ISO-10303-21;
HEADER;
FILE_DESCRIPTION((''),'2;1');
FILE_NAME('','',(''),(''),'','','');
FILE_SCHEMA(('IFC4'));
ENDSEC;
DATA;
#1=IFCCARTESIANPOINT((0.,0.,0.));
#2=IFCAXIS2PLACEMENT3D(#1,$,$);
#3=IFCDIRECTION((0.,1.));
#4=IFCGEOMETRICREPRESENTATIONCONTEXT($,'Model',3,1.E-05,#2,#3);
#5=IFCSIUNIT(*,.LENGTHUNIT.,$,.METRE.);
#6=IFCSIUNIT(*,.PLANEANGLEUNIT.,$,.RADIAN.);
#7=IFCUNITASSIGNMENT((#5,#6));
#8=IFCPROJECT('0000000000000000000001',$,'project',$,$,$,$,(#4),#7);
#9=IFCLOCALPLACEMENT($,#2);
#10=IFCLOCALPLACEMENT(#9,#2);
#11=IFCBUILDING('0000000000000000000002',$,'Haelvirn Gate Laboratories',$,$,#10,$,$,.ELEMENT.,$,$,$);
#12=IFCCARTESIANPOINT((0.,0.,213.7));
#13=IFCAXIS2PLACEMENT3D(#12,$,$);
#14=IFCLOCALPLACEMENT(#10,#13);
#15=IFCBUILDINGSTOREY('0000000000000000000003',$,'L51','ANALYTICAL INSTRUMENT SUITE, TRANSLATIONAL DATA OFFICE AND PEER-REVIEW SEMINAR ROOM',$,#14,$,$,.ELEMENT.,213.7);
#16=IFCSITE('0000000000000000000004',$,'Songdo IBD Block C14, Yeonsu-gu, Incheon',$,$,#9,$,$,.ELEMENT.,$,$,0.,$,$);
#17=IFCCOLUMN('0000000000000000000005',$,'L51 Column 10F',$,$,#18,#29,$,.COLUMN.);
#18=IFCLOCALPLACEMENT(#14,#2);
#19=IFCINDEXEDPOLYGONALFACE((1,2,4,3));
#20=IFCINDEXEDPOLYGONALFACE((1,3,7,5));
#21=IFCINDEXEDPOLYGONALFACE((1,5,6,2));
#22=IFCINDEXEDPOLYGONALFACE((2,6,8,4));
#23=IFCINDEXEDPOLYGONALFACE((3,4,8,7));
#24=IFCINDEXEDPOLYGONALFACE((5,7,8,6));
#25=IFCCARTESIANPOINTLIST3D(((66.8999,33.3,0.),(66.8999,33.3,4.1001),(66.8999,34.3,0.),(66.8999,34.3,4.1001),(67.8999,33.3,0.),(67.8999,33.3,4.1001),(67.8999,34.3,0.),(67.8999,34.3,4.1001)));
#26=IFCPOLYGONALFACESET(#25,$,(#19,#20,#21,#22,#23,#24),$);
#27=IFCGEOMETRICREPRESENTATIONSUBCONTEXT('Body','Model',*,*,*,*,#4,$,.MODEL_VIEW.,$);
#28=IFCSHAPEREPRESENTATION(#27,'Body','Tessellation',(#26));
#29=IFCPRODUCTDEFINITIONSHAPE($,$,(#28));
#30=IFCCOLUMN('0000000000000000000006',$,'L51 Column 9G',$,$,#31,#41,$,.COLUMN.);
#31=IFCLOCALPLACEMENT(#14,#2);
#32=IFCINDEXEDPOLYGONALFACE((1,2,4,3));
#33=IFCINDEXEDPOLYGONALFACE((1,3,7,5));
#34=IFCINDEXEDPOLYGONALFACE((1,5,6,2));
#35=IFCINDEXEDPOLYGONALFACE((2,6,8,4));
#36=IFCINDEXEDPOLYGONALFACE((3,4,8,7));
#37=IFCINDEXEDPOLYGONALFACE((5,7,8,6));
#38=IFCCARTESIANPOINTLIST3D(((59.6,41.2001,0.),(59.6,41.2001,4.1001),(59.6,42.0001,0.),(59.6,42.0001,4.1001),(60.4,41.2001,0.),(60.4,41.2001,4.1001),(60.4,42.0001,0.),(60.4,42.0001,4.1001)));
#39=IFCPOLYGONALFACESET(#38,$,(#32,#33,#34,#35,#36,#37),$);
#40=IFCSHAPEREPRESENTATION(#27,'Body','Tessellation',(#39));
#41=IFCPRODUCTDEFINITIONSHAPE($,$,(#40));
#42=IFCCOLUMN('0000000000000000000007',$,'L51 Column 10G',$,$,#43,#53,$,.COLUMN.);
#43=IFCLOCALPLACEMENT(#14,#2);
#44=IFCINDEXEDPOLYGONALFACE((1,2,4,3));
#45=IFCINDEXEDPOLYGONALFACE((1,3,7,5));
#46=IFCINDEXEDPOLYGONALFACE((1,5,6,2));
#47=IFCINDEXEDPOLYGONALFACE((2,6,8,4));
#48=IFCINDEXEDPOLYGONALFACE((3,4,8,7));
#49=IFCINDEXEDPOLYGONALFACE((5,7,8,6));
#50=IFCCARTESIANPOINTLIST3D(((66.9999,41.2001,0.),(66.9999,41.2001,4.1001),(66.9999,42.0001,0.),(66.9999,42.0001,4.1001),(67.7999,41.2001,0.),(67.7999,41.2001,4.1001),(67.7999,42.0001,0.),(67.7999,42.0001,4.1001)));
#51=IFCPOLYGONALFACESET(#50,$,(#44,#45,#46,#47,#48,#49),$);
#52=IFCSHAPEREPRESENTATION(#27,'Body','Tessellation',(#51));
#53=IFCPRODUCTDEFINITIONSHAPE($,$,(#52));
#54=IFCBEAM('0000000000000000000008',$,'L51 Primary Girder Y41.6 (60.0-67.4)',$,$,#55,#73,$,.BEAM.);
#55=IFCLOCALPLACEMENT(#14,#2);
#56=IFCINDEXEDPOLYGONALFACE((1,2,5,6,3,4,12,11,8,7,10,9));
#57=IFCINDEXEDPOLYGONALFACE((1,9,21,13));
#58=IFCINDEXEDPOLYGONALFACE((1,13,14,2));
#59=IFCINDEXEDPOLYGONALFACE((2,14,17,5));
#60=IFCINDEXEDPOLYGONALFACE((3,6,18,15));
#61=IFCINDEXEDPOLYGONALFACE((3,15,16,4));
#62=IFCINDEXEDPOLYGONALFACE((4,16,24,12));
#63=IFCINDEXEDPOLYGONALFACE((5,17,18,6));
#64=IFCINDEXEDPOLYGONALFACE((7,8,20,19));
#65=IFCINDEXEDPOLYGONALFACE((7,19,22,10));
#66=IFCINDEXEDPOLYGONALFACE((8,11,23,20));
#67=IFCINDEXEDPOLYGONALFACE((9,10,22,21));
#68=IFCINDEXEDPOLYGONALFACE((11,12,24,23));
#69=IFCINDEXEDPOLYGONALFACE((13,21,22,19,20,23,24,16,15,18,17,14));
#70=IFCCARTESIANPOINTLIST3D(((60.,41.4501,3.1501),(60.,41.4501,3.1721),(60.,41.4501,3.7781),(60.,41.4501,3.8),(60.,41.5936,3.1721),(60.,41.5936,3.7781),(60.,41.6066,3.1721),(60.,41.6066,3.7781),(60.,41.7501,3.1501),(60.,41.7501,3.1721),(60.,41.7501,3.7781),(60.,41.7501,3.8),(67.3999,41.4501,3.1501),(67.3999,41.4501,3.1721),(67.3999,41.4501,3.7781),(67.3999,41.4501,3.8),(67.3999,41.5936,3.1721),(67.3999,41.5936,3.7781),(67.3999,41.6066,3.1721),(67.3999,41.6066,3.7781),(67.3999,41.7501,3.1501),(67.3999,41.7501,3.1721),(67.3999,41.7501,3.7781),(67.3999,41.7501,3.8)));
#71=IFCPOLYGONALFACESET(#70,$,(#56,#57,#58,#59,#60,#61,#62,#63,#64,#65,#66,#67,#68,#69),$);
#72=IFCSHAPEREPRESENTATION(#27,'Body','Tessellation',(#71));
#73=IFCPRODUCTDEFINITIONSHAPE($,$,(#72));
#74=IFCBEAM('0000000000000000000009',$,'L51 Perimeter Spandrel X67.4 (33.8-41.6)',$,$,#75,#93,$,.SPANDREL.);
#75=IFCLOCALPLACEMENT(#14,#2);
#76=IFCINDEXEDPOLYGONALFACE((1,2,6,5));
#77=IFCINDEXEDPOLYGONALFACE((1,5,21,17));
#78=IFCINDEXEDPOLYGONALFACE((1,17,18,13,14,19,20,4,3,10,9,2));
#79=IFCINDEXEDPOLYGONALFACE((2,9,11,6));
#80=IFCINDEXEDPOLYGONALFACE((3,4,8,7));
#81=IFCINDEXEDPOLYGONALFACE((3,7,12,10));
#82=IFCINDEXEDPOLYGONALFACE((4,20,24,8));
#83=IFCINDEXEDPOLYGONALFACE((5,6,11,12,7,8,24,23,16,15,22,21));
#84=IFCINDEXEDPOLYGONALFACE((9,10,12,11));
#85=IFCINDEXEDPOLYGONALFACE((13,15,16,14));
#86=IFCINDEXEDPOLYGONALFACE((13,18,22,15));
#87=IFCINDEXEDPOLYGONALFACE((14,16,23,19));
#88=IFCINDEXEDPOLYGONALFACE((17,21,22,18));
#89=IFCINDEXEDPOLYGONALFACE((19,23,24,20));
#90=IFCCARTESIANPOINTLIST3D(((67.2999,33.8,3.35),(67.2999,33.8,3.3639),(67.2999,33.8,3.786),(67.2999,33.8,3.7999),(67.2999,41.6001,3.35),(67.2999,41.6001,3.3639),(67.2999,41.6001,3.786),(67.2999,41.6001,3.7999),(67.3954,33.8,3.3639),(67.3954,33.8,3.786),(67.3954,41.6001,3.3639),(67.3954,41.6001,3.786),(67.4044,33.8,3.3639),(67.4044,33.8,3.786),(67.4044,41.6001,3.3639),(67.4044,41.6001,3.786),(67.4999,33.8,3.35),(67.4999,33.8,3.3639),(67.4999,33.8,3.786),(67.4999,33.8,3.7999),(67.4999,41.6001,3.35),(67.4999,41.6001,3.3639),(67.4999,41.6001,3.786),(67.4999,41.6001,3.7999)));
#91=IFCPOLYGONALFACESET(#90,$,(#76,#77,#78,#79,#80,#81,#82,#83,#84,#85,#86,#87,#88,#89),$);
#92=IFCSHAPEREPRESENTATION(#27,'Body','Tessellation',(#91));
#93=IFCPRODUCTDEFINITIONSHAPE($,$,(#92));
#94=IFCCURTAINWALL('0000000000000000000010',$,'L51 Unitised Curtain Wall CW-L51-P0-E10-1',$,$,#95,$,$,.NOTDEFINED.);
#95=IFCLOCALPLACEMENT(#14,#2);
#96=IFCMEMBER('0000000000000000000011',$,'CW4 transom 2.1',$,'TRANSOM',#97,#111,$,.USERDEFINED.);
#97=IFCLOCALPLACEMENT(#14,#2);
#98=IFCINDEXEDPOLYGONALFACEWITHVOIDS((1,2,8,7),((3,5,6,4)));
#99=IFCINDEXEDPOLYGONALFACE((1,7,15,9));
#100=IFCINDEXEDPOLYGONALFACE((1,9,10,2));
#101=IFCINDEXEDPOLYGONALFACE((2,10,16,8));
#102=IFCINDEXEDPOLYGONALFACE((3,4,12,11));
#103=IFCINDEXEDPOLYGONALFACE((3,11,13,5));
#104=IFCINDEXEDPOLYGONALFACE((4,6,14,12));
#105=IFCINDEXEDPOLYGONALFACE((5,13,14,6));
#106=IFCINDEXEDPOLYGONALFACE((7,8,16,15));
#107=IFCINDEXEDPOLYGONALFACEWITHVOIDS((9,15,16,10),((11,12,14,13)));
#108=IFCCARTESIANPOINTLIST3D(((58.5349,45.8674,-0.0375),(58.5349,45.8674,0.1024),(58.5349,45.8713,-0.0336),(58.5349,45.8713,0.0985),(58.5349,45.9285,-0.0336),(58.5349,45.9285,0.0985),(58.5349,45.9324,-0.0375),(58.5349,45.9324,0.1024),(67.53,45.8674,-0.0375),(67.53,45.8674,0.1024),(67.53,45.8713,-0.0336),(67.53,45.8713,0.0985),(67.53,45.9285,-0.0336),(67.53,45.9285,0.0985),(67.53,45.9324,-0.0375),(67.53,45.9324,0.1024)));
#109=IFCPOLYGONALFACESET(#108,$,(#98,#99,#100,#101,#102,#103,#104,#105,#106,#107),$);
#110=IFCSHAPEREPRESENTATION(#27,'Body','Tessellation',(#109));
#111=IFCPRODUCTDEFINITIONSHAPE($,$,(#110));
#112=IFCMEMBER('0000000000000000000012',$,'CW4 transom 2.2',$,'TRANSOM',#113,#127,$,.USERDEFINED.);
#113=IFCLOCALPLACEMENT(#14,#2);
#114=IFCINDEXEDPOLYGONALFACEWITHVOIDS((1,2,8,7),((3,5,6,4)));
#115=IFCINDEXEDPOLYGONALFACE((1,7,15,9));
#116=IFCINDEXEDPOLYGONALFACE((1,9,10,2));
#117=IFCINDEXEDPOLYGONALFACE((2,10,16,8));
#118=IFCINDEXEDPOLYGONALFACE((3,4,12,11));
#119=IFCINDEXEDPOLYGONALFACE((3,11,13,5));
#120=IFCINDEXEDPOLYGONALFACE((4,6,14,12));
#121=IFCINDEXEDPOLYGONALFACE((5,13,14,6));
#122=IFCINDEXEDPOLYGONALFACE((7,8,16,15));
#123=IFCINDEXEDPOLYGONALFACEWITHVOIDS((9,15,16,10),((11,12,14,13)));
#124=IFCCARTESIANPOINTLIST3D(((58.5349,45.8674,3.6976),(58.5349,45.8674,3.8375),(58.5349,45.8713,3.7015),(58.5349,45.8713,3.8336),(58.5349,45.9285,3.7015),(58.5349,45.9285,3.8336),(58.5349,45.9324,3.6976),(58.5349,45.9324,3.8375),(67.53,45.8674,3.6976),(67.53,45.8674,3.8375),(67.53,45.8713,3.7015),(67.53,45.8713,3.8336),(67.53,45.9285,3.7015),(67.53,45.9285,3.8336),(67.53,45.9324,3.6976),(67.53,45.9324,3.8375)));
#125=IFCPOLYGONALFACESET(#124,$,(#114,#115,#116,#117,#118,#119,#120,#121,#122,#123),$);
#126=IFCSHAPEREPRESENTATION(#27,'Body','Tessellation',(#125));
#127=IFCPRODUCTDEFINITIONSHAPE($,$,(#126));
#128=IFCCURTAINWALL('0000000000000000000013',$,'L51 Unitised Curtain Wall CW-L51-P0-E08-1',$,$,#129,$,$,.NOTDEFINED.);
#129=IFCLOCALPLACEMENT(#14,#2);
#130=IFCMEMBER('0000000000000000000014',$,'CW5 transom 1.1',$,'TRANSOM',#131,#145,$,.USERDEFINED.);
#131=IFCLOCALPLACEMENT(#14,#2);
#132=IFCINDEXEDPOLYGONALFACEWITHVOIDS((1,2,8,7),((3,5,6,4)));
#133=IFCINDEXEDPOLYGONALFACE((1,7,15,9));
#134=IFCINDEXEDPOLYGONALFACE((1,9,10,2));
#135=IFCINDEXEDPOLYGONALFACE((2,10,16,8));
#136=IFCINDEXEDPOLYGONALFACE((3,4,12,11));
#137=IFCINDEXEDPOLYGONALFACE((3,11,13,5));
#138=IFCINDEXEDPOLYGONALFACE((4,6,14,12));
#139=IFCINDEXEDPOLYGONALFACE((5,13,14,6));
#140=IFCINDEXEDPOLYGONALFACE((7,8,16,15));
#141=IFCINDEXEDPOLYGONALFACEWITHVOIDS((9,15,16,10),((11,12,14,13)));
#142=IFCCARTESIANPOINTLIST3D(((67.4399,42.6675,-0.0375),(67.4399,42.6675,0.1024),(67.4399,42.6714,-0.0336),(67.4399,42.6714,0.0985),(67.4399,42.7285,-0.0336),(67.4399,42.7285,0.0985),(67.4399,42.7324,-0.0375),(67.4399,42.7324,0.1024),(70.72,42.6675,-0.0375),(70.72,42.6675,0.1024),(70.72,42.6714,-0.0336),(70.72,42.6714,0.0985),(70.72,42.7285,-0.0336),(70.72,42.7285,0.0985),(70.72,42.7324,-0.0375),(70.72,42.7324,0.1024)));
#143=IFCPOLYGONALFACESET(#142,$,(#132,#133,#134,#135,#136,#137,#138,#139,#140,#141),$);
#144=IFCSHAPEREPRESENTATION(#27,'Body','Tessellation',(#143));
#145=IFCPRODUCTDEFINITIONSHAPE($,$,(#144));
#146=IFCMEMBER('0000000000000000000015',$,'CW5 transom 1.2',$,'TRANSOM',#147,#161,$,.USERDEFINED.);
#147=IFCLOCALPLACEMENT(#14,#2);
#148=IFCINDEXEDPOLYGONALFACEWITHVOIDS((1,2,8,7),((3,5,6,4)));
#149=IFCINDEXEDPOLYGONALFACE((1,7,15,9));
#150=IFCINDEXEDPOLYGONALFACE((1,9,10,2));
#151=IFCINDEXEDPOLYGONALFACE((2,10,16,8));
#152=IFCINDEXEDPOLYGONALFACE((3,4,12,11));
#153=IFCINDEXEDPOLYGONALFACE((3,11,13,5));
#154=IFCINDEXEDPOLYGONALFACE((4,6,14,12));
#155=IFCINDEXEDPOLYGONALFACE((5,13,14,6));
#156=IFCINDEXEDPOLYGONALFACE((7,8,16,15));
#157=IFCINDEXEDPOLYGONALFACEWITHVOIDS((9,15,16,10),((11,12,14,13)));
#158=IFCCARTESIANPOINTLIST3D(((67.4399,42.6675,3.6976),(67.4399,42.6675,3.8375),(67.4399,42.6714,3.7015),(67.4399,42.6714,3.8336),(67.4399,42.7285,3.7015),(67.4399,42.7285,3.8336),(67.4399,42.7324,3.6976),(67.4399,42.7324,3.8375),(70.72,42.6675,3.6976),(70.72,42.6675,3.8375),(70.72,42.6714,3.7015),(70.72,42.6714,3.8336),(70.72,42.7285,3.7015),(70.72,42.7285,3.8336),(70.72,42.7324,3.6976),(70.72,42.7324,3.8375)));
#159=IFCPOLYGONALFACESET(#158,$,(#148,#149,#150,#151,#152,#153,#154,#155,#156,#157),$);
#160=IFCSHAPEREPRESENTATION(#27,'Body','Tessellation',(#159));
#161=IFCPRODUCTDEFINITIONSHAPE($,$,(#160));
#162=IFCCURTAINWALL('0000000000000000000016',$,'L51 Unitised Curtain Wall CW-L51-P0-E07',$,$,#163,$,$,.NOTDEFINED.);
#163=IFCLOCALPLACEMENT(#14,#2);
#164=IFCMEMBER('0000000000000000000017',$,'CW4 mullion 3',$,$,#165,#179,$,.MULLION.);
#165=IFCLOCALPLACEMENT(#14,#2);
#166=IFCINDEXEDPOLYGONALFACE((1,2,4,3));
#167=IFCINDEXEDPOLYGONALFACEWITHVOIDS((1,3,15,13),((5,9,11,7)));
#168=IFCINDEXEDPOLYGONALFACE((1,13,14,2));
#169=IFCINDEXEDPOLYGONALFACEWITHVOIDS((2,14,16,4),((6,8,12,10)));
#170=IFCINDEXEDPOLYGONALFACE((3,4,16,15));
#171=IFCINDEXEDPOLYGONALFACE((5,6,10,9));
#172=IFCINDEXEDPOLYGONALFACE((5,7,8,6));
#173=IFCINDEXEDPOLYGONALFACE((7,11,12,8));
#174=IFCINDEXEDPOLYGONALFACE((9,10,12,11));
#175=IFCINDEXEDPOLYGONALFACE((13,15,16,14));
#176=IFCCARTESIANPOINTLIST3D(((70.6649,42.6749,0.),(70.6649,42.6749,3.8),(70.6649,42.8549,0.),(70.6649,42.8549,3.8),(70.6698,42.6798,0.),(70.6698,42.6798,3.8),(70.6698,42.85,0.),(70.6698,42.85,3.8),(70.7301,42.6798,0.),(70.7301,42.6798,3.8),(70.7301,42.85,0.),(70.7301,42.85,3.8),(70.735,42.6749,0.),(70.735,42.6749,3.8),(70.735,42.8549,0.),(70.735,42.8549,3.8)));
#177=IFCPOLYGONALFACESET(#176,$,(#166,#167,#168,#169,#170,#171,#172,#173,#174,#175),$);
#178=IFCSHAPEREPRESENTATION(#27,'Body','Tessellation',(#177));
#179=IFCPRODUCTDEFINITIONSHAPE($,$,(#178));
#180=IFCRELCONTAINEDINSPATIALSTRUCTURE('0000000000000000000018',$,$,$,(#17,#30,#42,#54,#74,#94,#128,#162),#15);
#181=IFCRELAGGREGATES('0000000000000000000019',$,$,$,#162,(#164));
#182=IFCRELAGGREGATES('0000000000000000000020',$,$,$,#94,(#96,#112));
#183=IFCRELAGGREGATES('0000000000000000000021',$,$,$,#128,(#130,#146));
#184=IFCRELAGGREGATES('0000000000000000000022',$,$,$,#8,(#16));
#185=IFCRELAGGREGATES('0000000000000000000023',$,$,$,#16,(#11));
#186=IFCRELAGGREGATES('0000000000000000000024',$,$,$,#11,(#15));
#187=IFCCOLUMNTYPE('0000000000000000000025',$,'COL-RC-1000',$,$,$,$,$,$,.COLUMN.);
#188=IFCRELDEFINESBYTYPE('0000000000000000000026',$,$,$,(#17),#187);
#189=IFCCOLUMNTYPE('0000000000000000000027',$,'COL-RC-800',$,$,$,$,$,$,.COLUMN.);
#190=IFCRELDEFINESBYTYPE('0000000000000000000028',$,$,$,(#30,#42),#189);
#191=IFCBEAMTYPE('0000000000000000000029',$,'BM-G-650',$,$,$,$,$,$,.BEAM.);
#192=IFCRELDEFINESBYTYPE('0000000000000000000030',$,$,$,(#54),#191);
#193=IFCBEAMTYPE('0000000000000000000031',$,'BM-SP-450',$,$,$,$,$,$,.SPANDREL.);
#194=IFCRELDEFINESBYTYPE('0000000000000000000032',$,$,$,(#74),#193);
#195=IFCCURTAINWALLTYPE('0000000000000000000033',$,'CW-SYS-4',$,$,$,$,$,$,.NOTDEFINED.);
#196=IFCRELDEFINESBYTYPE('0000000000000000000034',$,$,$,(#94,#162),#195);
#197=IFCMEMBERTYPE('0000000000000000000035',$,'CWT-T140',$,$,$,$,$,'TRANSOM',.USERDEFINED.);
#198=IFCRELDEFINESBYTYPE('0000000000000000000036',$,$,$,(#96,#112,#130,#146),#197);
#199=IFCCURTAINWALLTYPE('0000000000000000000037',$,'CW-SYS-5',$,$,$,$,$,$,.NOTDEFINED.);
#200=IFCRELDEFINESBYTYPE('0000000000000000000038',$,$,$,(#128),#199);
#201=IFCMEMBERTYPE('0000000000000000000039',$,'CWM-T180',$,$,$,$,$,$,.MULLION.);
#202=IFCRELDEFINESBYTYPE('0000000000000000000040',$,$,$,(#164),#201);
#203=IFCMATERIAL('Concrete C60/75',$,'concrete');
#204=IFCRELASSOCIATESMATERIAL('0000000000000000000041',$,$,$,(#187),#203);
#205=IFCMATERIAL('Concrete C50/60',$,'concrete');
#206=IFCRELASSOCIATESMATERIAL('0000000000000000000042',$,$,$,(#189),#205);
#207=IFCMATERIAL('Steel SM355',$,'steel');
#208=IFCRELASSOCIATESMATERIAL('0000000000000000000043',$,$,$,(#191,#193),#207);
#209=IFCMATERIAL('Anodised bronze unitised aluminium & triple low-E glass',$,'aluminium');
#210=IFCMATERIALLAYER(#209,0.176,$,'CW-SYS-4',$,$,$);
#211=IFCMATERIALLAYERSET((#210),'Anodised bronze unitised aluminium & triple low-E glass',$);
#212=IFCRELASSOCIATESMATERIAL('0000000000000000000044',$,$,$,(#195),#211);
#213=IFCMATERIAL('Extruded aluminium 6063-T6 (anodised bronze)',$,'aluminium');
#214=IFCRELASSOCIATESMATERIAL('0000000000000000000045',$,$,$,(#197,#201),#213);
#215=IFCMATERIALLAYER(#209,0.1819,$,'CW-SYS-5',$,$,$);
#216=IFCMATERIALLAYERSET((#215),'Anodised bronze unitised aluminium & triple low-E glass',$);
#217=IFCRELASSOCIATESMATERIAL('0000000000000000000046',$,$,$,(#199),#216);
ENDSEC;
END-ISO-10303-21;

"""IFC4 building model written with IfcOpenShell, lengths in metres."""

from ifc_helpers import new_model, si_unit, direction, frame, origin, origin_2d, place, context, subcontext, project, spatial, rectangle, hollow_rectangle, i_section, extrude, source, transform, mapped, material, layer, layer_set, material_profile, profile_set, type_object, type_shapes, element, aggregate, save


model = new_model("IFC4")

# Units and contexts
model_context = context("Model", 3, precision=1e-05, world=origin(), true_north=direction((0.0, 1.0)))
body_context = subcontext(model_context, "Body", "Model", "MODEL_VIEW")
ifc_project = project(units=[si_unit("LENGTHUNIT", "METRE"), si_unit("PLANEANGLEUNIT", "RADIAN")], contexts=[model_context])

# Site, building, storey
site_placement = place(None, origin())
site = spatial("IfcSite", under=ifc_project, at=site_placement, Name="Songdo IBD Block C14, Yeonsu-gu, Incheon", CompositionType="ELEMENT", RefElevation=0.0)
building_placement = place(site_placement, origin())
building = spatial("IfcBuilding", under=site, at=building_placement, Name="Haelvirn Gate Laboratories", CompositionType="ELEMENT")
storey_placement = place(building_placement, frame((0.0, 0.0, 213.7)))
storey = spatial("IfcBuildingStorey", under=building, at=storey_placement, Name="L51", Description="ANALYTICAL INSTRUMENT SUITE, TRANSLATIONAL DATA OFFICE AND PEER-REVIEW SEMINAR ROOM", CompositionType="ELEMENT", Elevation=213.7)

# Columns
ifc_material_1 = material(Name="Concrete C60/75", Category="concrete")
ifc_material_profile_1 = material_profile(ifc_material_1, rectangle(XDim=1.0, YDim=1.0, at=origin_2d()), Name="RC-1000x1000")
ifc_profile_set_1 = profile_set([ifc_material_profile_1], Name="Concrete C60/75")
column_type_1 = type_object("IfcColumnType", Name="COL-RC-1000", PredefinedType="COLUMN", material=ifc_profile_set_1)
shared_shape_1 = source(origin(), body_context, "Body", "SweptSolid", [
    extrude(rectangle(XDim=1.0, YDim=1.0, at=origin_2d()), origin(), (0.0, 0.0, 1.0), 4.1001),
])
type_shapes(column_type_1, [shared_shape_1])
column_placement = place(storey_placement, frame((67.3999, 33.8, 0.0), z_axis=(0.0, 0.0, 1.0), x_axis=(1.0, 0.0, 0.0)))
element("IfcColumn", 1, at=column_placement, inside=storey, type_object=column_type_1, Name="L51 Column 10F", PredefinedType="COLUMN", context=body_context, shape_type="MappedRepresentation", body=[
    mapped(shared_shape_1, transform((0.0, 0.0, 0.0), scale=1.0)),
])
ifc_material_2 = material(Name="Concrete C50/60", Category="concrete")
ifc_material_profile_2 = material_profile(ifc_material_2, rectangle(XDim=0.8, YDim=0.8, at=origin_2d()), Name="RC-800x800")
ifc_profile_set_2 = profile_set([ifc_material_profile_2], Name="Concrete C50/60")
column_type_2 = type_object("IfcColumnType", Name="COL-RC-800", PredefinedType="COLUMN", material=ifc_profile_set_2)
shared_shape_2 = source(origin(), body_context, "Body", "SweptSolid", [
    extrude(rectangle(XDim=0.8, YDim=0.8, at=origin_2d()), origin(), (0.0, 0.0, 1.0), 4.1001),
])
type_shapes(column_type_2, [shared_shape_2])
for number, where, z_axis, x_axis, name in (
    (2, (60.0, 41.6001, 0.0), (0.0, 0.0, 1.0), (1.0, 0.0, 0.0), "L51 Column 9G"),
    (3, (67.3999, 41.6001, 0.0), (0.0, 0.0, 1.0), (1.0, 0.0, 0.0), "L51 Column 10G"),
):
    element("IfcColumn", number, at=place(storey_placement, frame(where, z_axis=z_axis, x_axis=x_axis)), inside=storey, type_object=column_type_2, Name=name, PredefinedType="COLUMN", context=body_context, shape_type="MappedRepresentation", body=[
        mapped(shared_shape_2, transform((0.0, 0.0, 0.0), scale=1.0)),
    ])

# Beams
ifc_material_3 = material(Name="Steel SM355", Category="steel")
ifc_material_profile_3 = material_profile(ifc_material_3, i_section(OverallWidth=0.3, OverallDepth=0.6499, WebThickness=0.0129, FlangeThickness=0.022, at=origin_2d()), Name="H-650x300x13x22")
ifc_profile_set_3 = profile_set([ifc_material_profile_3], Name="Steel SM355")
beam_type_1 = type_object("IfcBeamType", Name="BM-G-650", PredefinedType="BEAM", material=ifc_profile_set_3)
shared_shape_3 = source(origin(), body_context, "Body", "SweptSolid", [
    extrude(i_section(OverallWidth=0.3, OverallDepth=0.6499, WebThickness=0.0129, FlangeThickness=0.022, at=origin_2d()), origin(), (0.0, 0.0, 1.0), 7.3999),
])
type_shapes(beam_type_1, [shared_shape_3])
beam_1_placement = place(storey_placement, frame((60.0, 41.6001, 3.4751), z_axis=(1.0, 0.0, 0.0), x_axis=(0.0, 1.0, 0.0)))
element("IfcBeam", 4, at=beam_1_placement, inside=storey, type_object=beam_type_1, Name="L51 Primary Girder Y41.6 (60.0-67.4)", PredefinedType="BEAM", context=body_context, shape_type="MappedRepresentation", body=[
    mapped(shared_shape_3, transform((0.0, 0.0, 0.0), scale=1.0)),
])
ifc_material_profile_4 = material_profile(ifc_material_3, i_section(OverallWidth=0.2, OverallDepth=0.45, WebThickness=0.009, FlangeThickness=0.0139, at=origin_2d()), Name="H-450x200x9x14")
ifc_profile_set_4 = profile_set([ifc_material_profile_4], Name="Steel SM355")
beam_type_2 = type_object("IfcBeamType", Name="BM-SP-450", PredefinedType="SPANDREL", material=ifc_profile_set_4)
shared_shape_4 = source(origin(), body_context, "Body", "SweptSolid", [
    extrude(i_section(OverallWidth=0.2, OverallDepth=0.45, WebThickness=0.009, FlangeThickness=0.0139, at=origin_2d()), origin(), (0.0, 0.0, 1.0), 7.8),
])
type_shapes(beam_type_2, [shared_shape_4])
beam_2_placement = place(storey_placement, frame((67.3999, 33.8, 3.575), z_axis=(0.0, 1.0, 0.0), x_axis=(-1.0, 0.0, 0.0)))
element("IfcBeam", 5, at=beam_2_placement, inside=storey, type_object=beam_type_2, Name="L51 Perimeter Spandrel X67.4 (33.8-41.6)", PredefinedType="SPANDREL", context=body_context, shape_type="MappedRepresentation", body=[
    mapped(shared_shape_4, transform((0.0, 0.0, 0.0), scale=1.0)),
])

# Curtain walls, members
ifc_material_4 = material(Name="Anodised bronze unitised aluminium & triple low-E glass", Category="aluminium")
ifc_layer_1 = layer(ifc_material_4, 0.176, Name="CW-SYS-4")
ifc_layer_set_1 = layer_set([ifc_layer_1], Name="Anodised bronze unitised aluminium & triple low-E glass")
curtain_wall_type_1 = type_object("IfcCurtainWallType", Name="CW-SYS-4", PredefinedType="NOTDEFINED", material=ifc_layer_set_1)
curtain_wall_1_placement = place(storey_placement, origin())
curtain_wall_1 = element("IfcCurtainWall", 6, at=curtain_wall_1_placement, inside=storey, type_object=curtain_wall_type_1, Name="L51 Unitised Curtain Wall CW-L51-P0-E10-1", PredefinedType="NOTDEFINED")
ifc_material_5 = material(Name="Extruded aluminium 6063-T6 (anodised bronze)", Category="aluminium")
ifc_material_profile_5 = material_profile(ifc_material_5, hollow_rectangle(XDim=0.0649, YDim=0.1399, WallThickness=0.0039, at=origin_2d()), Name="CWT-140x65x4")
ifc_profile_set_5 = profile_set([ifc_material_profile_5], Name="Extruded aluminium 6063-T6 (anodised bronze)")
member_type_1 = type_object("IfcMemberType", Name="CWT-T140", ElementType="TRANSOM", PredefinedType="USERDEFINED", material=ifc_profile_set_5)
shared_shape_5 = source(origin(), body_context, "Body", "SweptSolid", [
    extrude(hollow_rectangle(XDim=0.0649, YDim=0.1399, WallThickness=0.0039, at=origin_2d()), origin(), (0.0, 0.0, 1.0), 8.9951),
])
member_1_placement = place(storey_placement, frame((58.5349, 45.8999, 0.0325), z_axis=(1.0, 0.0, 0.0), x_axis=(0.0, 1.0, 0.0)))
member_1 = element("IfcMember", 7, at=member_1_placement, type_object=member_type_1, Name="CW4 transom 2.1", ObjectType="TRANSOM", PredefinedType="USERDEFINED", context=body_context, shape_type="MappedRepresentation", body=[
    mapped(shared_shape_5, transform((0.0, 0.0, 0.0), scale=1.0)),
])
member_2_placement = place(storey_placement, frame((58.5349, 45.8999, 3.7676), z_axis=(1.0, 0.0, 0.0), x_axis=(0.0, 1.0, 0.0)))
member_2 = element("IfcMember", 8, at=member_2_placement, type_object=member_type_1, Name="CW4 transom 2.2", ObjectType="TRANSOM", PredefinedType="USERDEFINED", context=body_context, shape_type="MappedRepresentation", body=[
    mapped(shared_shape_5, transform((0.0, 0.0, 0.0), scale=1.0)),
])
ifc_layer_2 = layer(ifc_material_4, 0.1819, Name="CW-SYS-5")
ifc_layer_set_2 = layer_set([ifc_layer_2], Name="Anodised bronze unitised aluminium & triple low-E glass")
curtain_wall_type_2 = type_object("IfcCurtainWallType", Name="CW-SYS-5", PredefinedType="NOTDEFINED", material=ifc_layer_set_2)
curtain_wall_2_placement = place(storey_placement, origin())
curtain_wall_2 = element("IfcCurtainWall", 9, at=curtain_wall_2_placement, inside=storey, type_object=curtain_wall_type_2, Name="L51 Unitised Curtain Wall CW-L51-P0-E08-1", PredefinedType="NOTDEFINED")
shared_shape_6 = source(origin(), body_context, "Body", "SweptSolid", [
    extrude(hollow_rectangle(XDim=0.0649, YDim=0.1399, WallThickness=0.0039, at=origin_2d()), origin(), (0.0, 0.0, 1.0), 3.28),
])
type_shapes(member_type_1, [shared_shape_5, shared_shape_6])
member_3_placement = place(storey_placement, frame((67.4399, 42.7, 0.0325), z_axis=(1.0, 0.0, 0.0), x_axis=(0.0, 1.0, 0.0)))
member_3 = element("IfcMember", 10, at=member_3_placement, type_object=member_type_1, Name="CW5 transom 1.1", ObjectType="TRANSOM", PredefinedType="USERDEFINED", context=body_context, shape_type="MappedRepresentation", body=[
    mapped(shared_shape_6, transform((0.0, 0.0, 0.0), scale=1.0)),
])
member_4_placement = place(storey_placement, frame((67.4399, 42.7, 3.7676), z_axis=(1.0, 0.0, 0.0), x_axis=(0.0, 1.0, 0.0)))
member_4 = element("IfcMember", 11, at=member_4_placement, type_object=member_type_1, Name="CW5 transom 1.2", ObjectType="TRANSOM", PredefinedType="USERDEFINED", context=body_context, shape_type="MappedRepresentation", body=[
    mapped(shared_shape_6, transform((0.0, 0.0, 0.0), scale=1.0)),
])

# Curtain wall, member
curtain_wall_3_placement = place(storey_placement, origin())
curtain_wall_3 = element("IfcCurtainWall", 12, at=curtain_wall_3_placement, inside=storey, type_object=curtain_wall_type_1, Name="L51 Unitised Curtain Wall CW-L51-P0-E07", PredefinedType="NOTDEFINED")
ifc_material_profile_6 = material_profile(ifc_material_5, hollow_rectangle(XDim=0.0701, YDim=0.1799, WallThickness=0.0049, at=origin_2d()), Name="CWM-180x70x5")
ifc_profile_set_6 = profile_set([ifc_material_profile_6], Name="Extruded aluminium 6063-T6 (anodised bronze)")
member_type_2 = type_object("IfcMemberType", Name="CWM-T180", PredefinedType="MULLION", material=ifc_profile_set_6)
shared_shape_7 = source(origin(), body_context, "Body", "SweptSolid", [
    extrude(hollow_rectangle(XDim=0.0701, YDim=0.1799, WallThickness=0.0049, at=origin_2d()), origin(), (0.0, 0.0, 1.0), 3.8),
])
type_shapes(member_type_2, [shared_shape_7])
member_5_placement = place(storey_placement, frame((70.7, 42.7649, 0.0), z_axis=(0.0, 0.0, 1.0), x_axis=(-1.0, 0.0, 0.0)))
member_5 = element("IfcMember", 13, at=member_5_placement, type_object=member_type_2, Name="CW4 mullion 3", PredefinedType="MULLION", context=body_context, shape_type="MappedRepresentation", body=[
    mapped(shared_shape_7, transform((0.0, 0.0, 0.0), scale=1.0)),
])
aggregate(curtain_wall_3, [member_5])

aggregate(curtain_wall_1, [member_1, member_2])
aggregate(curtain_wall_2, [member_3, member_4])

save(model, "model.ifc")
